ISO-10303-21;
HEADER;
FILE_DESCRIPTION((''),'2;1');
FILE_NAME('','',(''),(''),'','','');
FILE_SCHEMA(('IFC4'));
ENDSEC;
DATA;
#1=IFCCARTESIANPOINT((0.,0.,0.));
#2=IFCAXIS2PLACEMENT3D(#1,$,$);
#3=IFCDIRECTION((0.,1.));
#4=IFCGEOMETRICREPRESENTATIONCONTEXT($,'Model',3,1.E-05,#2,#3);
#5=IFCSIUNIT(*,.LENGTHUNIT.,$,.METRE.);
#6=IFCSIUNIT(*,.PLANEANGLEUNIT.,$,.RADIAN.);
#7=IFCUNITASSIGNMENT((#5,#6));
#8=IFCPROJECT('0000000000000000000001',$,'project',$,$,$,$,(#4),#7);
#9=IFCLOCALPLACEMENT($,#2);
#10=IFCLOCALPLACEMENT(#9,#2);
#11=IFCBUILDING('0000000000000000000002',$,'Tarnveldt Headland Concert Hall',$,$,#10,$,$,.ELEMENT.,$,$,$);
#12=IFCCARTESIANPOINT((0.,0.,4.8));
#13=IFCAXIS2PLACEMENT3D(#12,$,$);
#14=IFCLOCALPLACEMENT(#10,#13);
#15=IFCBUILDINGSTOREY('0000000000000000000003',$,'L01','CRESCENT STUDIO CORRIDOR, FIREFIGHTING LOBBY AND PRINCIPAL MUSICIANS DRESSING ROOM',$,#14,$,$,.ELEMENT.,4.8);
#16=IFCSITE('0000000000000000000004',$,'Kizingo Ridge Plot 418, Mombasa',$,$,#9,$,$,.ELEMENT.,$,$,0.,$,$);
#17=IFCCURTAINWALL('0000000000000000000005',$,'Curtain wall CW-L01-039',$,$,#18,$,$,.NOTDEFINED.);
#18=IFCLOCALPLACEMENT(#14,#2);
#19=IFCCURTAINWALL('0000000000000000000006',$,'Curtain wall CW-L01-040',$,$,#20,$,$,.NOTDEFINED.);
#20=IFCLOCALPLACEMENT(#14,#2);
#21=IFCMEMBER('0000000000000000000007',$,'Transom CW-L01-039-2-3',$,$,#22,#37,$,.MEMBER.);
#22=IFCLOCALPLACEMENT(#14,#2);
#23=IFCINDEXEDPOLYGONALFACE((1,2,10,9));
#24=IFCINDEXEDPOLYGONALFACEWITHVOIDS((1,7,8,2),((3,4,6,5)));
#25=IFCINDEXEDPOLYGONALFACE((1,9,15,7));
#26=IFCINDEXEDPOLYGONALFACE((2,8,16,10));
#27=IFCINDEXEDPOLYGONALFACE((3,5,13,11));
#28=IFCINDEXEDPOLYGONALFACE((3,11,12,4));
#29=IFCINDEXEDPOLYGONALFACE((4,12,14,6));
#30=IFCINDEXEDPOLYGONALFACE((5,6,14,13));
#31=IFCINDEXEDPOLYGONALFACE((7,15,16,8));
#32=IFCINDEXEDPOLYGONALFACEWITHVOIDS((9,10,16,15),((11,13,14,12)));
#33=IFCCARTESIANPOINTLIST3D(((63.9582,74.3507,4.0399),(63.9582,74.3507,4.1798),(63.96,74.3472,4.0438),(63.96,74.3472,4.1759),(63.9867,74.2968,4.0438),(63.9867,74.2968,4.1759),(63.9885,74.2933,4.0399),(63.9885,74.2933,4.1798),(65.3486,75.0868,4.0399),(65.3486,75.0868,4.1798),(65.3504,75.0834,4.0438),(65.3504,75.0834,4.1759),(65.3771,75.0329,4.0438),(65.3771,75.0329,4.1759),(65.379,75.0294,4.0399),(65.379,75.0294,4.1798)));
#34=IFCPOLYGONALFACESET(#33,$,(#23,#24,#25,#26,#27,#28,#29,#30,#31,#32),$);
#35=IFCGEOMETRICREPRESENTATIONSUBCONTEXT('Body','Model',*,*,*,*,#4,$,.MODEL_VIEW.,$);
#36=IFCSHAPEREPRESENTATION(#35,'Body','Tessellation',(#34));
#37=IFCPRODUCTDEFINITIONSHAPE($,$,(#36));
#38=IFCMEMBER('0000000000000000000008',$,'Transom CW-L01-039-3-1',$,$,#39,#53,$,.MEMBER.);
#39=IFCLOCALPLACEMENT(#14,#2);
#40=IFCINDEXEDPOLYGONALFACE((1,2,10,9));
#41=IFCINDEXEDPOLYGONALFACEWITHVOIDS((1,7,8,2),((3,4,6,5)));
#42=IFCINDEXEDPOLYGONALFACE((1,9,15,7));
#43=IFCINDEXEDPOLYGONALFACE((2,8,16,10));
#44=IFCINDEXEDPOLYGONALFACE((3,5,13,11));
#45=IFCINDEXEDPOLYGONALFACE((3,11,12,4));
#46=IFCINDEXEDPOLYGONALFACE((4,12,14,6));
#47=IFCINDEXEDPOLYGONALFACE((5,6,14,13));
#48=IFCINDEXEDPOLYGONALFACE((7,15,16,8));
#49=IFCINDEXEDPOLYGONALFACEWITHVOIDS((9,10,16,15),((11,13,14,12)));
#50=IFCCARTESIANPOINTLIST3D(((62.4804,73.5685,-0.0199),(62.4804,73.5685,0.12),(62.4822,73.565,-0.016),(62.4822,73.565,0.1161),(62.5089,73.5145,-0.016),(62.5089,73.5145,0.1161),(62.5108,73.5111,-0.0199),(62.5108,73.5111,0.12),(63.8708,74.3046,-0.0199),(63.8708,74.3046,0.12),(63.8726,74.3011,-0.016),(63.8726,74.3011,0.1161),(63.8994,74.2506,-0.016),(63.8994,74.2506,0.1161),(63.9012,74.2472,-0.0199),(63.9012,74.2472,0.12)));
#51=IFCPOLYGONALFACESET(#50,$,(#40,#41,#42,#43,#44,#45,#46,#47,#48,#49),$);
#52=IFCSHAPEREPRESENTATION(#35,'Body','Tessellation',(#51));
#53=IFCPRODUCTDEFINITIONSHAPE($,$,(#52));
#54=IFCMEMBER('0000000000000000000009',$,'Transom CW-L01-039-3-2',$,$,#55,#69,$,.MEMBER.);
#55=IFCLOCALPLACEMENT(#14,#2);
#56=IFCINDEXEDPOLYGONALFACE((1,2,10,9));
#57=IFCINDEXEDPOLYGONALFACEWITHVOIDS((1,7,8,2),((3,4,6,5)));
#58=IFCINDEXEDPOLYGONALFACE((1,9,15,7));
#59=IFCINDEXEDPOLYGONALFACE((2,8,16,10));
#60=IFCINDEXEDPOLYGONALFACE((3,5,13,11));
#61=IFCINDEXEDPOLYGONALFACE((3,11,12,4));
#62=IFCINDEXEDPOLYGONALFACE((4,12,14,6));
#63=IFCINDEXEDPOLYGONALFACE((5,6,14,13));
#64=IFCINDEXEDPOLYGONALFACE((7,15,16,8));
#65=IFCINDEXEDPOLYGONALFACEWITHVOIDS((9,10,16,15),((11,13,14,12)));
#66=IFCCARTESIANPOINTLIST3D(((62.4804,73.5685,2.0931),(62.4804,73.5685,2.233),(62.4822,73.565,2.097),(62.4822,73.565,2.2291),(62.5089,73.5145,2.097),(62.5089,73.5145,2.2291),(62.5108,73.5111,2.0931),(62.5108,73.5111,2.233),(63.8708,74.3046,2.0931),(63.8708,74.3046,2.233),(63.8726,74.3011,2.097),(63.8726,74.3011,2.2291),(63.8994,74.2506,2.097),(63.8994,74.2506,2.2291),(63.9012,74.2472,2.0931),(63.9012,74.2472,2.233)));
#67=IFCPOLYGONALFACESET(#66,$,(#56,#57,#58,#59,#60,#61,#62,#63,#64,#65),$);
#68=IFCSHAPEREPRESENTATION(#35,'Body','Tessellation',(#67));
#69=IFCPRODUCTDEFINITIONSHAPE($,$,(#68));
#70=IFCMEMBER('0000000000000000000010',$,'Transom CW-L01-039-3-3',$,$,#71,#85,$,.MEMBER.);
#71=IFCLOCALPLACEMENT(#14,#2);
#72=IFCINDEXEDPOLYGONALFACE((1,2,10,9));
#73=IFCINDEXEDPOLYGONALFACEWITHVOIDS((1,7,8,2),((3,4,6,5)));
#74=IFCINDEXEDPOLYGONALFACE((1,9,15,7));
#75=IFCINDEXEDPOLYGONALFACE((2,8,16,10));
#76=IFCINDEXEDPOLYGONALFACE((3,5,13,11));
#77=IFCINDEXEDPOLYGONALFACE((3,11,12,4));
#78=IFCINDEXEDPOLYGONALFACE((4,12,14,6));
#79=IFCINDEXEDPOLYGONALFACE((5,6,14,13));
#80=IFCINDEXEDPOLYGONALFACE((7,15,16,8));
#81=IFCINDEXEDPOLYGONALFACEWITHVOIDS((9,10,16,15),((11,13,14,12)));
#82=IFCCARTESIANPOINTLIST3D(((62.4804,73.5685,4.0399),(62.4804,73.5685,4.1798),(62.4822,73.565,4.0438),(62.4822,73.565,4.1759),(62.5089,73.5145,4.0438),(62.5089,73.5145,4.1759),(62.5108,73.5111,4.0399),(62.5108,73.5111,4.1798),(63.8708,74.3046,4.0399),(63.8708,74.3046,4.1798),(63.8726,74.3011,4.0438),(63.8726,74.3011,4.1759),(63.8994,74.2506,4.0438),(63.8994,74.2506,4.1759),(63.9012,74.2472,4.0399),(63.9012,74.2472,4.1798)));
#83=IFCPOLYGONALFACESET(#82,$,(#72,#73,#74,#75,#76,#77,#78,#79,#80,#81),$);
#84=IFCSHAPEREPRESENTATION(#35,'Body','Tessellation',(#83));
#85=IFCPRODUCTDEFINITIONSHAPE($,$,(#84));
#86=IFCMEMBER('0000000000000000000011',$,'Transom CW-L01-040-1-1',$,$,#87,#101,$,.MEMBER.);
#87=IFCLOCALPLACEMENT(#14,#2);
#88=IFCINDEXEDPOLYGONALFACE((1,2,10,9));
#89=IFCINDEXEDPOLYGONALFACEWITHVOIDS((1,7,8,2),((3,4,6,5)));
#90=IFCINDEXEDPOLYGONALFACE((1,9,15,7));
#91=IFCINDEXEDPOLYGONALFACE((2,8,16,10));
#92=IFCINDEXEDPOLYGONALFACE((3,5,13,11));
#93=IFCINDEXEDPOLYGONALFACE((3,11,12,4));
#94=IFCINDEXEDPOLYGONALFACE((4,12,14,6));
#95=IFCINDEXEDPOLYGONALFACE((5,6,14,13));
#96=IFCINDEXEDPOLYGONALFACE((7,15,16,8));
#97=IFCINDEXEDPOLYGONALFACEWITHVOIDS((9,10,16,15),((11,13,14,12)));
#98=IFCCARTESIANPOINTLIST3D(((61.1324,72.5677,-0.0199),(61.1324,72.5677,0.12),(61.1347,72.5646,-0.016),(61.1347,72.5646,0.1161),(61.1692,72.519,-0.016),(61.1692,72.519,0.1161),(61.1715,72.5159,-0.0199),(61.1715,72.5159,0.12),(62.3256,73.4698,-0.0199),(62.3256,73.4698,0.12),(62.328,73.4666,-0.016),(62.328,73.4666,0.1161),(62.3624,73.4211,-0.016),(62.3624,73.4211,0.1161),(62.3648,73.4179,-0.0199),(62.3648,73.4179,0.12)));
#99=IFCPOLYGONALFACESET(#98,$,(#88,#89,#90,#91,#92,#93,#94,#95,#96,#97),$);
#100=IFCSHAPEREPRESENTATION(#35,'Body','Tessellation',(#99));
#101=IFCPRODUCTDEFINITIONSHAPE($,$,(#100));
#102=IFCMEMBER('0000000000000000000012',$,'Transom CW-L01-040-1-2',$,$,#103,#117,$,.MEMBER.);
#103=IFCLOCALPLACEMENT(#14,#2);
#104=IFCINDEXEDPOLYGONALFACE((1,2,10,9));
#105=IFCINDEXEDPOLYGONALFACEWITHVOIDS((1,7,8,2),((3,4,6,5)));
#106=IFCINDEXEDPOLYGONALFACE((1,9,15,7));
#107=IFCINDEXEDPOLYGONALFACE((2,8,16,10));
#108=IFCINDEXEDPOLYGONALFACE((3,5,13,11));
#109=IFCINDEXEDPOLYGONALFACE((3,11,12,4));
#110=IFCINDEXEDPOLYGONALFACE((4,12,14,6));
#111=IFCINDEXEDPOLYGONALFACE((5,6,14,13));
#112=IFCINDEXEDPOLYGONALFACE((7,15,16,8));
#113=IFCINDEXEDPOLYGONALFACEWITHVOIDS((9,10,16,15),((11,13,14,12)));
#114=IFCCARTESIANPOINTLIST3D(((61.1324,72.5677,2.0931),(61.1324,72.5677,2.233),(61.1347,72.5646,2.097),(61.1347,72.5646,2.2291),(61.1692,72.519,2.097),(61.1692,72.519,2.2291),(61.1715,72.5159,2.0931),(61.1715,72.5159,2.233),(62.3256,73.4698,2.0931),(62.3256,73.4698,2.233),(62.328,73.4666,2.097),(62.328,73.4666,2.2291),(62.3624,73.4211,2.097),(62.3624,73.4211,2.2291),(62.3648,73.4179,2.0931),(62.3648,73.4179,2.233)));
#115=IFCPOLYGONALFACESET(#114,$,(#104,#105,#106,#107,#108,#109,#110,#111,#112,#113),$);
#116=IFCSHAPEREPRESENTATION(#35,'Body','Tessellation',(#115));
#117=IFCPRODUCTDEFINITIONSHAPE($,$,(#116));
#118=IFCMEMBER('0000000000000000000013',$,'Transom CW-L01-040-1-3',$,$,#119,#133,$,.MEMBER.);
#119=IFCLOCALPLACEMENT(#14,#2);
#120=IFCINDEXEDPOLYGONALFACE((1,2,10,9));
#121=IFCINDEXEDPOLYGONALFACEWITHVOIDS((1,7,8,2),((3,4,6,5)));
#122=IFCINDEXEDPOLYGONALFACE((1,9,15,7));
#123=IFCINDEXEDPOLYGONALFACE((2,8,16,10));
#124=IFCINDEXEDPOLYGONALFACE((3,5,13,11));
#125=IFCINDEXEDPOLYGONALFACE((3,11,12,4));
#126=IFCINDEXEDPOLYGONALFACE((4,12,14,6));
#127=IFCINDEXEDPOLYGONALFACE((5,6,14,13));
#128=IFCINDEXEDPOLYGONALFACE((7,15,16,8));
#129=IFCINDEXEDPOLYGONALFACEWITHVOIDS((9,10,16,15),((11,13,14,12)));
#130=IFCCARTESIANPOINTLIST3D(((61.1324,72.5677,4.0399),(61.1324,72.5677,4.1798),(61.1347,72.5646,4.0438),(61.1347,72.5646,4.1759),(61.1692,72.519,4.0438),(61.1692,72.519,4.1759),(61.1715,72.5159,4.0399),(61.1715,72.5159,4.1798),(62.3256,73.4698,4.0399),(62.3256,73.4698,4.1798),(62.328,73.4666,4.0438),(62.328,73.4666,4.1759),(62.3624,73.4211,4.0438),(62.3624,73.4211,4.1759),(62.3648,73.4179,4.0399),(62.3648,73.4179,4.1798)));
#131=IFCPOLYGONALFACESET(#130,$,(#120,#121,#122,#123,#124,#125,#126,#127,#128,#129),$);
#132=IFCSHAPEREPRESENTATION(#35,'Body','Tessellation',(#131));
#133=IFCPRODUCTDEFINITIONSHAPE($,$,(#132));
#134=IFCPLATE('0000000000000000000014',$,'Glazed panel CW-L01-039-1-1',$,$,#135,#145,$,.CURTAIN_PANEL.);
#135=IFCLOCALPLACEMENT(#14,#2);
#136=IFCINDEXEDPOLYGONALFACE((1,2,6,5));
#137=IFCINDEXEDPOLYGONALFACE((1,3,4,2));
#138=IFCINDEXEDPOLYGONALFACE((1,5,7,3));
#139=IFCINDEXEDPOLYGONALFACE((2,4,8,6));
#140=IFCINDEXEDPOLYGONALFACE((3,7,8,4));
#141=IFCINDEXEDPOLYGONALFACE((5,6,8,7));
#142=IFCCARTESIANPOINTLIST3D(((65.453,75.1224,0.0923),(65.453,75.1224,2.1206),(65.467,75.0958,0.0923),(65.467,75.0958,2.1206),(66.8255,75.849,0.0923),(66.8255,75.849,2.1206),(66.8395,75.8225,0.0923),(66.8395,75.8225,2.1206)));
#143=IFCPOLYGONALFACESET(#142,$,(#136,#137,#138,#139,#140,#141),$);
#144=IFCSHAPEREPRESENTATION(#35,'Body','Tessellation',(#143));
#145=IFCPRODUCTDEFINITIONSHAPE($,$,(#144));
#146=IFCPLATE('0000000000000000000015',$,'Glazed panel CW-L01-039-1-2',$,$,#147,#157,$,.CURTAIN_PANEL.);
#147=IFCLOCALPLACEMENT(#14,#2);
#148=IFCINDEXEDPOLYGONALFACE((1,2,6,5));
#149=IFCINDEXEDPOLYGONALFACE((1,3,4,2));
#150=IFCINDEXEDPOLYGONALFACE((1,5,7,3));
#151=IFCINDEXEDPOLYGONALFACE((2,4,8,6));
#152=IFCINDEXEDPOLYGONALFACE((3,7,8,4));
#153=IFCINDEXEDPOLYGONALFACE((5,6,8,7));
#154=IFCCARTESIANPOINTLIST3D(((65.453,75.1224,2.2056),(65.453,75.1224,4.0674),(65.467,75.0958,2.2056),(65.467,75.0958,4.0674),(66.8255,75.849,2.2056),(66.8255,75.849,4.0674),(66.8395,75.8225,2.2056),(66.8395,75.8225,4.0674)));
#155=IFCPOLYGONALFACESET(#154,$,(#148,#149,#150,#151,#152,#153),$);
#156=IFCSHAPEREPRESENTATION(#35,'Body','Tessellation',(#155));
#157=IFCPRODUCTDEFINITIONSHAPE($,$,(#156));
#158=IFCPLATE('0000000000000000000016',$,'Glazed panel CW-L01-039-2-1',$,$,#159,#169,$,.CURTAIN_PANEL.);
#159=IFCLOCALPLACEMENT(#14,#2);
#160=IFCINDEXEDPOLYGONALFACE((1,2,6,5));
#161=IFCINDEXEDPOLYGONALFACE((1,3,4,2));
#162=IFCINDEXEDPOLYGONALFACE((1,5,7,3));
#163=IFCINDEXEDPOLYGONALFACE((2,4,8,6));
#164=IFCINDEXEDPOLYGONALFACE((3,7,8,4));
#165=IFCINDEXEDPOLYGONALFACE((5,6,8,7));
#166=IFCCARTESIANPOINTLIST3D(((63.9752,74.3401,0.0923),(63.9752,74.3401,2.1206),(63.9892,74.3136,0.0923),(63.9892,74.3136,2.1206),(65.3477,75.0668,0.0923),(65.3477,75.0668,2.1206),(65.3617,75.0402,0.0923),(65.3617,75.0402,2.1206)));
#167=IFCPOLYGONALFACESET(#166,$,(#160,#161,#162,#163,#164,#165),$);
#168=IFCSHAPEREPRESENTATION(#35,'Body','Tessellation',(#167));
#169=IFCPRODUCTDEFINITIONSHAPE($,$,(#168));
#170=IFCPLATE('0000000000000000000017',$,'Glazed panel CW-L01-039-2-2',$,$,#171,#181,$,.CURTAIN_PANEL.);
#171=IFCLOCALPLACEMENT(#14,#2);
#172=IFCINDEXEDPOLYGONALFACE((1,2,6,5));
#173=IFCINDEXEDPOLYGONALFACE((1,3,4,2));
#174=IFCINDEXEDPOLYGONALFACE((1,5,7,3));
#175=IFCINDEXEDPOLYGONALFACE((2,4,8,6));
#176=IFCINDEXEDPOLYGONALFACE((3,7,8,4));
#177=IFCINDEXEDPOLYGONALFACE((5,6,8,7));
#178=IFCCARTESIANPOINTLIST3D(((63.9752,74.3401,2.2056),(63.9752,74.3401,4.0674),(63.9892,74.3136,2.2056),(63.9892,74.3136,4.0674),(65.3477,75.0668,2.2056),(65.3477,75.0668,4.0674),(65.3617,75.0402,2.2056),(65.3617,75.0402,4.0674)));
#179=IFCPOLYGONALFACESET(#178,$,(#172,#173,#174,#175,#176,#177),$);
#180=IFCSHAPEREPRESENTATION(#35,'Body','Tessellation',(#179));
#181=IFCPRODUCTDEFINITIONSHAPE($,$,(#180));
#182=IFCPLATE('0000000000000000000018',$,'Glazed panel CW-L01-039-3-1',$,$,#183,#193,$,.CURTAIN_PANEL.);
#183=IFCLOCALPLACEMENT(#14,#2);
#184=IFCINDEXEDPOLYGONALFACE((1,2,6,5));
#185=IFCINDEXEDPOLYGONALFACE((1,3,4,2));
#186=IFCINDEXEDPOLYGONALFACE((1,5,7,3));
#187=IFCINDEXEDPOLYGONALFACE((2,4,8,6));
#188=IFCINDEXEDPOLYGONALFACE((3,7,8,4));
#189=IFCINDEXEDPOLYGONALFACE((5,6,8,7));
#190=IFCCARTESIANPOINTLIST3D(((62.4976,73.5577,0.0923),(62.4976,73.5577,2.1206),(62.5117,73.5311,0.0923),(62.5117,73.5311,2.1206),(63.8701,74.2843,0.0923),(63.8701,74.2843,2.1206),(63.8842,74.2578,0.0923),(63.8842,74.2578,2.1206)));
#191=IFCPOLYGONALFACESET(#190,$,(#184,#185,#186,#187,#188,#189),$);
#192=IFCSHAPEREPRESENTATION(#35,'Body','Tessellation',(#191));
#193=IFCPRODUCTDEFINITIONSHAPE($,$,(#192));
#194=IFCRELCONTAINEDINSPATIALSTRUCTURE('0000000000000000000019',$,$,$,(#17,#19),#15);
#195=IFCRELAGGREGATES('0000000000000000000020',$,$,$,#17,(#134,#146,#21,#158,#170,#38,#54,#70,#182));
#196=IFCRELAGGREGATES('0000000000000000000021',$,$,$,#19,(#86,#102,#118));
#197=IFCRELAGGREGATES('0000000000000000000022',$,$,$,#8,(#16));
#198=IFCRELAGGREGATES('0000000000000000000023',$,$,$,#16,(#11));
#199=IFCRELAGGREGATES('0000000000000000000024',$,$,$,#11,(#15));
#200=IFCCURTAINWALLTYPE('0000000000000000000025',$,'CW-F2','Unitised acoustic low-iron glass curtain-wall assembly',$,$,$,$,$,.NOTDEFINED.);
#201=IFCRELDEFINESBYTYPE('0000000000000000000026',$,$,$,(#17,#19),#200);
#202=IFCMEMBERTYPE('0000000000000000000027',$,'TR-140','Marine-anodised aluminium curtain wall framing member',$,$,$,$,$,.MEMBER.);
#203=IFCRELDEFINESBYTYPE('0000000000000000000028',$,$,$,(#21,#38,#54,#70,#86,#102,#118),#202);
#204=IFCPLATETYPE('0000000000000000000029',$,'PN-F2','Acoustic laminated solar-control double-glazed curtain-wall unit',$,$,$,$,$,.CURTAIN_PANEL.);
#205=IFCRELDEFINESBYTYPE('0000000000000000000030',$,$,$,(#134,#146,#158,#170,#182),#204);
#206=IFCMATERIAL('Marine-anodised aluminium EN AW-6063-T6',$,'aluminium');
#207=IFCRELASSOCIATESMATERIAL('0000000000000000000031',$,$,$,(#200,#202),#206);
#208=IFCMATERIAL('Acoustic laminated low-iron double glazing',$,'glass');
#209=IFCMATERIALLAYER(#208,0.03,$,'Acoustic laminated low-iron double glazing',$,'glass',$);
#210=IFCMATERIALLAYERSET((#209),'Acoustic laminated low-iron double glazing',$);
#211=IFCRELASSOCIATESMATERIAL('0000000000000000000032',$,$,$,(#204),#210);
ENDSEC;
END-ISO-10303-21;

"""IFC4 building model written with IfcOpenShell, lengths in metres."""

from ifc_helpers import new_model, si_unit, direction, frame, origin, origin_2d, place, context, subcontext, project, spatial, rectangle, hollow_rectangle, extrude, material, layer, layer_set, material_profile, profile_set, type_object, element, aggregate, save


model = new_model("IFC4")

# Units and contexts
model_context = context("Model", 3, precision=1e-05, world=origin(), true_north=direction((0.0, 1.0)))
body_context = subcontext(model_context, "Body", "Model", "MODEL_VIEW")
ifc_project = project(units=[si_unit("LENGTHUNIT", "METRE"), si_unit("PLANEANGLEUNIT", "RADIAN")], contexts=[model_context])

# Site, building, storey
site_placement = place(None, origin())
site = spatial("IfcSite", under=ifc_project, at=site_placement, Name="Kizingo Ridge Plot 418, Mombasa", CompositionType="ELEMENT", RefElevation=0.0)
building_placement = place(site_placement, origin())
building = spatial("IfcBuilding", under=site, at=building_placement, Name="Tarnveldt Headland Concert Hall", CompositionType="ELEMENT")
storey_placement = place(building_placement, frame((0.0, 0.0, 4.8)))
storey = spatial("IfcBuildingStorey", under=building, at=storey_placement, Name="L01", Description="CRESCENT STUDIO CORRIDOR, FIREFIGHTING LOBBY AND PRINCIPAL MUSICIANS DRESSING ROOM", CompositionType="ELEMENT", Elevation=4.8)

# Curtain walls
ifc_material_1 = material(Name="Marine-anodised aluminium EN AW-6063-T6", Category="aluminium")
curtain_wall_type = type_object("IfcCurtainWallType", Name="CW-F2", Description="Unitised acoustic low-iron glass curtain-wall assembly", PredefinedType="NOTDEFINED", material=ifc_material_1)
curtain_wall_1_placement = place(storey_placement, origin())
curtain_wall_1 = element("IfcCurtainWall", 1, at=curtain_wall_1_placement, inside=storey, type_object=curtain_wall_type, Name="Curtain wall CW-L01-039", PredefinedType="NOTDEFINED")
curtain_wall_2_placement = place(storey_placement, origin())
curtain_wall_2 = element("IfcCurtainWall", 2, at=curtain_wall_2_placement, inside=storey, type_object=curtain_wall_type, Name="Curtain wall CW-L01-040", PredefinedType="NOTDEFINED")

# Members
ifc_material_profile_1 = material_profile(ifc_material_1, hollow_rectangle(XDim=0.0649, YDim=0.1399, WallThickness=0.0039, at=origin_2d()), Name="ALU TRANSOM 65x140x4", Category="aluminium")
ifc_profile_set_1 = profile_set([ifc_material_profile_1], Name="Marine-anodised aluminium EN AW-6063-T6")
member_type_1 = type_object("IfcMemberType", Name="TR-140", Description="Marine-anodised aluminium curtain wall framing member", PredefinedType="MEMBER", material=ifc_profile_set_1)
member_1_placement = place(storey_placement, frame((65.3638, 75.0581, 4.1099), z_axis=(-0.883788, -0.467888, 0.0), x_axis=(0.467888, -0.883788, 0.0)))
member_1 = element("IfcMember", 3, at=member_1_placement, type_object=member_type_1, Name="Transom CW-L01-039-2-3", PredefinedType="MEMBER", context=body_context, shape_type="SweptSolid", body=[
    extrude(hollow_rectangle(XDim=0.0649, YDim=0.1399, WallThickness=0.0039, at=origin_2d()), origin(), (0.0, 0.0, 1.0), 1.5732),
])
member_2_placement = place(storey_placement, frame((63.886, 74.2759, 0.05), z_axis=(-0.883788, -0.467888, 0.0), x_axis=(0.467888, -0.883788, 0.0)))
member_2 = element("IfcMember", 4, at=member_2_placement, type_object=member_type_1, Name="Transom CW-L01-039-3-1", PredefinedType="MEMBER", context=body_context, shape_type="SweptSolid", body=[
    extrude(hollow_rectangle(XDim=0.0649, YDim=0.1399, WallThickness=0.0039, at=origin_2d()), origin(), (0.0, 0.0, 1.0), 1.5732),
])
member_3_placement = place(storey_placement, frame((63.886, 74.2759, 2.1631), z_axis=(-0.883788, -0.467888, 0.0), x_axis=(0.467888, -0.883788, 0.0)))
member_3 = element("IfcMember", 5, at=member_3_placement, type_object=member_type_1, Name="Transom CW-L01-039-3-2", PredefinedType="MEMBER", context=body_context, shape_type="SweptSolid", body=[
    extrude(hollow_rectangle(XDim=0.0649, YDim=0.1399, WallThickness=0.0039, at=origin_2d()), origin(), (0.0, 0.0, 1.0), 1.5732),
])
member_4_placement = place(storey_placement, frame((63.886, 74.2759, 4.1099), z_axis=(-0.883788, -0.467888, 0.0), x_axis=(0.467888, -0.883788, 0.0)))
member_4 = element("IfcMember", 6, at=member_4_placement, type_object=member_type_1, Name="Transom CW-L01-039-3-3", PredefinedType="MEMBER", context=body_context, shape_type="SweptSolid", body=[
    extrude(hollow_rectangle(XDim=0.0649, YDim=0.1399, WallThickness=0.0039, at=origin_2d()), origin(), (0.0, 0.0, 1.0), 1.5732),
])
member_5_placement = place(storey_placement, frame((62.3452, 73.4438, 0.05), z_axis=(-0.797723, -0.603025, 0.0), x_axis=(0.603025, -0.797723, 0.0)))
member_5 = element("IfcMember", 7, at=member_5_placement, type_object=member_type_1, Name="Transom CW-L01-040-1-1", PredefinedType="MEMBER", context=body_context, shape_type="SweptSolid", body=[
    extrude(hollow_rectangle(XDim=0.0649, YDim=0.1399, WallThickness=0.0039, at=origin_2d()), origin(), (0.0, 0.0, 1.0), 1.4958),
])
member_6_placement = place(storey_placement, frame((62.3452, 73.4438, 2.1631), z_axis=(-0.797723, -0.603025, 0.0), x_axis=(0.603025, -0.797723, 0.0)))
member_6 = element("IfcMember", 8, at=member_6_placement, type_object=member_type_1, Name="Transom CW-L01-040-1-2", PredefinedType="MEMBER", context=body_context, shape_type="SweptSolid", body=[
    extrude(hollow_rectangle(XDim=0.0649, YDim=0.1399, WallThickness=0.0039, at=origin_2d()), origin(), (0.0, 0.0, 1.0), 1.4958),
])
member_7_placement = place(storey_placement, frame((62.3452, 73.4438, 4.1099), z_axis=(-0.797723, -0.603025, 0.0), x_axis=(0.603025, -0.797723, 0.0)))
member_7 = element("IfcMember", 9, at=member_7_placement, type_object=member_type_1, Name="Transom CW-L01-040-1-3", PredefinedType="MEMBER", context=body_context, shape_type="SweptSolid", body=[
    extrude(hollow_rectangle(XDim=0.0649, YDim=0.1399, WallThickness=0.0039, at=origin_2d()), origin(), (0.0, 0.0, 1.0), 1.4958),
])

# Plates
ifc_material_2 = material(Name="Acoustic laminated low-iron double glazing", Category="glass")
ifc_layer_1 = layer(ifc_material_2, 0.03, Name="Acoustic laminated low-iron double glazing", Category="glass")
ifc_layer_set_1 = layer_set([ifc_layer_1], Name="Acoustic laminated low-iron double glazing")
plate_type = type_object("IfcPlateType", Name="PN-F2", Description="Acoustic laminated solar-control double-glazed curtain-wall unit", PredefinedType="CURTAIN_PANEL", material=ifc_layer_set_1)
plate_1_placement = place(storey_placement, frame((66.1462, 75.4724, 0.0923), z_axis=(0.0, 0.0, 1.0), x_axis=(-0.883782, -0.467899, 0.0)))
plate_1 = element("IfcPlate", 10, at=plate_1_placement, type_object=plate_type, Name="Glazed panel CW-L01-039-1-1", PredefinedType="CURTAIN_PANEL", context=body_context, shape_type="SweptSolid", body=[
    extrude(rectangle(XDim=1.553, YDim=0.03, at=origin_2d()), origin(), (0.0, 0.0, 1.0), 2.0283),
])
plate_2_placement = place(storey_placement, frame((66.1462, 75.4724, 2.2056), z_axis=(0.0, 0.0, 1.0), x_axis=(-0.883782, -0.467899, 0.0)))
plate_2 = element("IfcPlate", 11, at=plate_2_placement, type_object=plate_type, Name="Glazed panel CW-L01-039-1-2", PredefinedType="CURTAIN_PANEL", context=body_context, shape_type="SweptSolid", body=[
    extrude(rectangle(XDim=1.553, YDim=0.03, at=origin_2d()), origin(), (0.0, 0.0, 1.0), 1.8618),
])
plate_3_placement = place(storey_placement, frame((64.6685, 74.6902, 0.0923), z_axis=(0.0, 0.0, 1.0), x_axis=(-0.883782, -0.467899, 0.0)))
plate_3 = element("IfcPlate", 12, at=plate_3_placement, type_object=plate_type, Name="Glazed panel CW-L01-039-2-1", PredefinedType="CURTAIN_PANEL", context=body_context, shape_type="SweptSolid", body=[
    extrude(rectangle(XDim=1.553, YDim=0.03, at=origin_2d()), origin(), (0.0, 0.0, 1.0), 2.0283),
])
plate_4_placement = place(storey_placement, frame((64.6685, 74.6902, 2.2056), z_axis=(0.0, 0.0, 1.0), x_axis=(-0.883782, -0.467899, 0.0)))
plate_4 = element("IfcPlate", 13, at=plate_4_placement, type_object=plate_type, Name="Glazed panel CW-L01-039-2-2", PredefinedType="CURTAIN_PANEL", context=body_context, shape_type="SweptSolid", body=[
    extrude(rectangle(XDim=1.553, YDim=0.03, at=origin_2d()), origin(), (0.0, 0.0, 1.0), 1.8618),
])
plate_5_placement = place(storey_placement, frame((63.1909, 73.9077, 0.0923), z_axis=(0.0, 0.0, 1.0), x_axis=(-0.883782, -0.467899, 0.0)))
plate_5 = element("IfcPlate", 14, at=plate_5_placement, type_object=plate_type, Name="Glazed panel CW-L01-039-3-1", PredefinedType="CURTAIN_PANEL", context=body_context, shape_type="SweptSolid", body=[
    extrude(rectangle(XDim=1.553, YDim=0.03, at=origin_2d()), origin(), (0.0, 0.0, 1.0), 2.0283),
])
aggregate(curtain_wall_1, [plate_1, plate_2, member_1, plate_3, plate_4, member_2, member_3, member_4, plate_5])
aggregate(curtain_wall_2, [member_5, member_6, member_7])

save(model, "model.ifc")
